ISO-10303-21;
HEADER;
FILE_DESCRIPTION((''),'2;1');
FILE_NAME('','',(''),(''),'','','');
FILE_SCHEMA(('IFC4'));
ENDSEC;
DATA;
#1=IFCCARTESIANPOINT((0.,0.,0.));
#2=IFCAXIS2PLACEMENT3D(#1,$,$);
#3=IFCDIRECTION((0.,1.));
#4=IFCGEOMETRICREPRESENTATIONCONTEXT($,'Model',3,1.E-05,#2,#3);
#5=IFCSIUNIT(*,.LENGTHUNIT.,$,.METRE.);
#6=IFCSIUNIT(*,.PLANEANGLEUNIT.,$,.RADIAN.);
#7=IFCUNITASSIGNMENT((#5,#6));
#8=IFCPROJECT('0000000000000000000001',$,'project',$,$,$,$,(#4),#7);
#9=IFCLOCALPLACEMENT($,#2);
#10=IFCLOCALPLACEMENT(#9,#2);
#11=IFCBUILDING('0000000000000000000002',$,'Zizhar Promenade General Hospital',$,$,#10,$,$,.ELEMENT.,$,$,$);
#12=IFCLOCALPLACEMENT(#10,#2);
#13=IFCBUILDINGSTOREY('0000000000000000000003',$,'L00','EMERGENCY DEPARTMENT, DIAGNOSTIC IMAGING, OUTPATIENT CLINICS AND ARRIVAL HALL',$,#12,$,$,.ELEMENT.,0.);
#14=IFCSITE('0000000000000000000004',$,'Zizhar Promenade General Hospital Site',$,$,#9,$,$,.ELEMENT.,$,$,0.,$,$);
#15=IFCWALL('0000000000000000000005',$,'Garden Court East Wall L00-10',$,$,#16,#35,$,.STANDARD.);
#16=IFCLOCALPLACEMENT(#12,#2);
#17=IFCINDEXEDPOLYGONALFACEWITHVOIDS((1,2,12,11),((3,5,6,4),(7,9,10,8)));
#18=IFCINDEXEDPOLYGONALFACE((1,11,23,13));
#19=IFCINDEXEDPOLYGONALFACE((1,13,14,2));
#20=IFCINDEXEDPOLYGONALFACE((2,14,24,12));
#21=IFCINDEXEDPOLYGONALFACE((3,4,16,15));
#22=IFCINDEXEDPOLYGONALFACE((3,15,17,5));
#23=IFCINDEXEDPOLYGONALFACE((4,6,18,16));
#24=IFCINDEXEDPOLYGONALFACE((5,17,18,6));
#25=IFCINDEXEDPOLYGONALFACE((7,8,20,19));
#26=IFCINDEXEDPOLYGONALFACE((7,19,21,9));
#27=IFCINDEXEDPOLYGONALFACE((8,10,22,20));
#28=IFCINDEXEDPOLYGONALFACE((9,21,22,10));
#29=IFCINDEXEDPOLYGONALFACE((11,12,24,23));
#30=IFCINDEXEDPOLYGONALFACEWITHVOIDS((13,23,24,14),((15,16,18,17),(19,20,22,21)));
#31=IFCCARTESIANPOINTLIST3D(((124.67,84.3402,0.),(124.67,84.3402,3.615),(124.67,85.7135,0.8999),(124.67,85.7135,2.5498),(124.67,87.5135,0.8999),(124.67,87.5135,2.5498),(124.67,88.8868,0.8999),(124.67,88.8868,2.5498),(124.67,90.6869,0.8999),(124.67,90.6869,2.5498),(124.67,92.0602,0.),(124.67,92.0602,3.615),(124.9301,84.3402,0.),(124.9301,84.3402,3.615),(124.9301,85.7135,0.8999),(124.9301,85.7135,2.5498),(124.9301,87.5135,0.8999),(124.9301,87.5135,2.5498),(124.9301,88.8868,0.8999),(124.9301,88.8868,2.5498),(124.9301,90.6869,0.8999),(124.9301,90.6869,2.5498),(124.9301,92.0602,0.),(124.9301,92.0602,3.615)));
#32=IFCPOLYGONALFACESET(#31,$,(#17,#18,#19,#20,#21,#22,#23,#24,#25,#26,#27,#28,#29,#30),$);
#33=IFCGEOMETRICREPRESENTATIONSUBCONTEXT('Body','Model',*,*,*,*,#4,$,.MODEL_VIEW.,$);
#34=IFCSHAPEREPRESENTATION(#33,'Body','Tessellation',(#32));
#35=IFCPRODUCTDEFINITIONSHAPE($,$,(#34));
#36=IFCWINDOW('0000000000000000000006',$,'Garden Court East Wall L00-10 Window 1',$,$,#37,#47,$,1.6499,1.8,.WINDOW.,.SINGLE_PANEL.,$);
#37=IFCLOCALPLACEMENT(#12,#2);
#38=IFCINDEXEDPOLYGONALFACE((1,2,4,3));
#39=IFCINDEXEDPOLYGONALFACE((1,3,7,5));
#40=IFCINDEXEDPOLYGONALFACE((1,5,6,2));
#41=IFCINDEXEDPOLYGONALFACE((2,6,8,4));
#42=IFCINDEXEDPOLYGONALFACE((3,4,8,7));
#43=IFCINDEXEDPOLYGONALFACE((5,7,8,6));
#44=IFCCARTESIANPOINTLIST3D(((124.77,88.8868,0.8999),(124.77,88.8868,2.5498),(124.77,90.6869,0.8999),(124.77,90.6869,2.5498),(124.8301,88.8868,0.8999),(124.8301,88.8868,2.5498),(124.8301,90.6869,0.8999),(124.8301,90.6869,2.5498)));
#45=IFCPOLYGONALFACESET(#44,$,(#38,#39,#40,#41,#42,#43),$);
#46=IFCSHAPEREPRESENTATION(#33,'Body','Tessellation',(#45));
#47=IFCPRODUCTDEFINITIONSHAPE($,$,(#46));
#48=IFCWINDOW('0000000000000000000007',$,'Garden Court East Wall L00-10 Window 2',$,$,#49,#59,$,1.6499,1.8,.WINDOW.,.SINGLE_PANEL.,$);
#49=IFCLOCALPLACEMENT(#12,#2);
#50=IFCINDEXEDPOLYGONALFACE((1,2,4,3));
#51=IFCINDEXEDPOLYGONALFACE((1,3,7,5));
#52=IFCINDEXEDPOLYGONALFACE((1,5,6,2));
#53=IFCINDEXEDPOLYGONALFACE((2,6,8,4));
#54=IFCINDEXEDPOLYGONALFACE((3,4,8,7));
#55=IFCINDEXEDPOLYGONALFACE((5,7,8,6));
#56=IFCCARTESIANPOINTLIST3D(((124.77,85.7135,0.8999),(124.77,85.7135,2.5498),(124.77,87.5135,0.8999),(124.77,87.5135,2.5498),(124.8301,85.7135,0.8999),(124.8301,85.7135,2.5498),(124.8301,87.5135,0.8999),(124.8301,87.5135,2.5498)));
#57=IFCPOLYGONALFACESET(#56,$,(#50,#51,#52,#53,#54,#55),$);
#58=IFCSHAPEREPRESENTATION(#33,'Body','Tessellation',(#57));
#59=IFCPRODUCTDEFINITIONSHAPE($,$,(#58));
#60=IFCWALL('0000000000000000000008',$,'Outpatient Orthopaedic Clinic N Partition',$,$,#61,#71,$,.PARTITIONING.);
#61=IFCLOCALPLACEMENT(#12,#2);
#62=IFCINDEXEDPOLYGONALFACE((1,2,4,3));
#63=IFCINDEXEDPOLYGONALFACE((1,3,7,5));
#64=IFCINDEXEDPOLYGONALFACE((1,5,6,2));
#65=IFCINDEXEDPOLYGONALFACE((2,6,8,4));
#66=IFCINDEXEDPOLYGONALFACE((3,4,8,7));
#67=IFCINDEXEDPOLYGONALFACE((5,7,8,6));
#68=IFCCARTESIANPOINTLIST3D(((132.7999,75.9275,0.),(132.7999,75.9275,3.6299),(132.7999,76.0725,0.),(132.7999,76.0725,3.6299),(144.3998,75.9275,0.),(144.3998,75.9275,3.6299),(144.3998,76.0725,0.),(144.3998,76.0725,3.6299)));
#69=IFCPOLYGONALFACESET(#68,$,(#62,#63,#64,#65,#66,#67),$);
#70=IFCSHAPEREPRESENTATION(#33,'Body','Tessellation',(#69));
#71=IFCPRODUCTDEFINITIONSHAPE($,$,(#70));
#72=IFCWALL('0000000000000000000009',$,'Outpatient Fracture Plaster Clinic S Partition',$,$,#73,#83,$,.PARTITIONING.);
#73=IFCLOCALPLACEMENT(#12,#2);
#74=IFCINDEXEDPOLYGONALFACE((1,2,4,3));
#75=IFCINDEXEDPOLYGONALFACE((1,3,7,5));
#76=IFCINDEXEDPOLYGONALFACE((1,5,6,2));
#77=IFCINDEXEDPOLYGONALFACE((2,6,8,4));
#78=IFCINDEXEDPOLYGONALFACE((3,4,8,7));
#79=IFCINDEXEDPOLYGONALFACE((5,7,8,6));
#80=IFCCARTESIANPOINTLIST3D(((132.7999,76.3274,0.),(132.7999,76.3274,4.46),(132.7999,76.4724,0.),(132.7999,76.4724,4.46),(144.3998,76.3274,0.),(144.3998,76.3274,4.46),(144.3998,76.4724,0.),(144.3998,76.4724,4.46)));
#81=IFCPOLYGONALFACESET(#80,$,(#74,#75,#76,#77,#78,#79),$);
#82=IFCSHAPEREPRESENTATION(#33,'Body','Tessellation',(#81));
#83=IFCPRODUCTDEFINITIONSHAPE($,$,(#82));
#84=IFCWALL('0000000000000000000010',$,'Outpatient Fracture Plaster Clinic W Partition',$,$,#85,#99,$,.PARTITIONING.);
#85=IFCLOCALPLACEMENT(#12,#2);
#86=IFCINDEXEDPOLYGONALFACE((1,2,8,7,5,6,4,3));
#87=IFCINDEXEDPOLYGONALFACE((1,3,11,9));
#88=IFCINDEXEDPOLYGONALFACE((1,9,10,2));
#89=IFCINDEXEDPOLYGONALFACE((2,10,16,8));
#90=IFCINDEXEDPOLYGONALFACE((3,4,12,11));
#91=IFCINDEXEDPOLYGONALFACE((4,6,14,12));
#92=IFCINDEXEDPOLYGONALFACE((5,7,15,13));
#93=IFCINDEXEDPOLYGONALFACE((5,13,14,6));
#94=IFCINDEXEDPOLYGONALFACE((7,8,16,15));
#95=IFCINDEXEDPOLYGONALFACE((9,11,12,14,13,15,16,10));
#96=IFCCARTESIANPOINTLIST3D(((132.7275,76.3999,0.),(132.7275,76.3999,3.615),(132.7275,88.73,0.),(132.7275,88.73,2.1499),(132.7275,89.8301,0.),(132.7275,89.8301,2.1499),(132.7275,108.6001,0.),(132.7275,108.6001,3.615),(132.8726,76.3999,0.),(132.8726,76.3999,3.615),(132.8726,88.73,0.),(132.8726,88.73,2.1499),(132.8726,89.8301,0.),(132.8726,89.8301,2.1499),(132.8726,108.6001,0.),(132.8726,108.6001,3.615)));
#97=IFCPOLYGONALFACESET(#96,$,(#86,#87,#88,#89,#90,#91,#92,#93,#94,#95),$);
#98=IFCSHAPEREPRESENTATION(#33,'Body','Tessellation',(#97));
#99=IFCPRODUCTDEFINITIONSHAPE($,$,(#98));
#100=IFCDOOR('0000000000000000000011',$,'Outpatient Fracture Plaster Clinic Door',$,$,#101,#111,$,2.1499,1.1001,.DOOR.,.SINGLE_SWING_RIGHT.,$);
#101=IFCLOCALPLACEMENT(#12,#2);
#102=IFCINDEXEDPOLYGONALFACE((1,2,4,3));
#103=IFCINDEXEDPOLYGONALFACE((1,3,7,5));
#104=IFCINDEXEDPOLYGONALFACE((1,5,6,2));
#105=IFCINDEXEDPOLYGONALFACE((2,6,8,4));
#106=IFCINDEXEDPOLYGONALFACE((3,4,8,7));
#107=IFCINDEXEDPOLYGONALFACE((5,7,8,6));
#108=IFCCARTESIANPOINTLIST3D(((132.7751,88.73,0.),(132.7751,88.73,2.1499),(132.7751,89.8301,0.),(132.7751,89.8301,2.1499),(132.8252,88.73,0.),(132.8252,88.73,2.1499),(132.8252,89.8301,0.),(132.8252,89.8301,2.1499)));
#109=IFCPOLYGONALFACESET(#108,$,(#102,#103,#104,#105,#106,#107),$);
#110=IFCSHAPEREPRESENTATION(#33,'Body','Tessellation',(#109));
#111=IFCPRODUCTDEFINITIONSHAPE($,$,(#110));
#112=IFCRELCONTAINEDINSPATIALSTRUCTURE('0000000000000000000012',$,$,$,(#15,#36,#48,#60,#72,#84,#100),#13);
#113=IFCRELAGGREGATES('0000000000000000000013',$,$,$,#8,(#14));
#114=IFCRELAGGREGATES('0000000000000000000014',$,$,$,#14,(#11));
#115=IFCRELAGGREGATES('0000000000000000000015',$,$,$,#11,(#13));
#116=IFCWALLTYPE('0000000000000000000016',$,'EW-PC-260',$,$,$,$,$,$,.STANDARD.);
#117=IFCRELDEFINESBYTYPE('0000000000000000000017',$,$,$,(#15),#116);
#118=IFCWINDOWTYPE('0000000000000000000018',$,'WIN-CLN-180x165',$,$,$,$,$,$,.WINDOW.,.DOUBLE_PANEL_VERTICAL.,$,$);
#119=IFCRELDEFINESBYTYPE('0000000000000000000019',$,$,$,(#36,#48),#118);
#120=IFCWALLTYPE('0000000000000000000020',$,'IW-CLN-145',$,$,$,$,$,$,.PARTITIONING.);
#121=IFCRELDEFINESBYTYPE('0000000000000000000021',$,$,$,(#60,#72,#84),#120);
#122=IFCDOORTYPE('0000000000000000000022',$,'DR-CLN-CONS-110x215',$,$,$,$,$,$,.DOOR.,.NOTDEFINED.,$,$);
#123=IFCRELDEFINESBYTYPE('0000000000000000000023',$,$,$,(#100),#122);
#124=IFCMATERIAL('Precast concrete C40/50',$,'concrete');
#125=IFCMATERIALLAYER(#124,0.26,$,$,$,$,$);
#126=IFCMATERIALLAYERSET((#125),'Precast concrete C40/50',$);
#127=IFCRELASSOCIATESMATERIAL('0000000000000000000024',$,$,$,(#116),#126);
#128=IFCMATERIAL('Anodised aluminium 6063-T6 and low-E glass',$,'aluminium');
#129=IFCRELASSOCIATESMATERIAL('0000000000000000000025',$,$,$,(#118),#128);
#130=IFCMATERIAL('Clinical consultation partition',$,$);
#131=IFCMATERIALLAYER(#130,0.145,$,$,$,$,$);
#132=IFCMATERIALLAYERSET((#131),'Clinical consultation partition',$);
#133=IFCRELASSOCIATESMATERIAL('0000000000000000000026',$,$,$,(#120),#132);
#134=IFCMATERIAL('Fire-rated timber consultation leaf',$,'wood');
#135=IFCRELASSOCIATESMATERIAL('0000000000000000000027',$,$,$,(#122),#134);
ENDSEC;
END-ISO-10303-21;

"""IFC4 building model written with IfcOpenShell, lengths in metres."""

from ifc_helpers import new_model, si_unit, direction, frame, frame_2d, origin, place, context, subcontext, project, spatial, rectangle, extrude, material, layer, layer_set, type_object, element, fill, save


model = new_model("IFC4")

# Units and contexts
model_context = context("Model", 3, precision=1e-05, world=origin(), true_north=direction((0.0, 1.0)))
body_context = subcontext(model_context, "Body", "Model", "MODEL_VIEW")
ifc_project = project(units=[si_unit("LENGTHUNIT", "METRE"), si_unit("PLANEANGLEUNIT", "RADIAN")], contexts=[model_context])

# Site, building, storey
site_placement = place(None, origin())
site = spatial("IfcSite", under=ifc_project, at=site_placement, Name="Zizhar Promenade General Hospital Site", CompositionType="ELEMENT", RefElevation=0.0)
building_placement = place(site_placement, origin())
building = spatial("IfcBuilding", under=site, at=building_placement, Name="Zizhar Promenade General Hospital", CompositionType="ELEMENT")
storey_placement = place(building_placement, origin())
storey = spatial("IfcBuildingStorey", under=building, at=storey_placement, Name="L00", Description="EMERGENCY DEPARTMENT, DIAGNOSTIC IMAGING, OUTPATIENT CLINICS AND ARRIVAL HALL", CompositionType="ELEMENT", Elevation=0.0)

# Wall, openings, windows
ifc_material_1 = material(Name="Precast concrete C40/50", Category="concrete")
ifc_layer_1 = layer(ifc_material_1, 0.26)
ifc_layer_set_1 = layer_set([ifc_layer_1], Name="Precast concrete C40/50")
wall_type_1 = type_object("IfcWallType", Name="EW-PC-260", PredefinedType="STANDARD", material=ifc_layer_set_1)
ifc_material_2 = material(Name="Anodised aluminium 6063-T6 and low-E glass", Category="aluminium")
window_type = type_object("IfcWindowType", Name="WIN-CLN-180x165", PartitioningType="DOUBLE_PANEL_VERTICAL", PredefinedType="WINDOW", material=ifc_material_2)
wall_1_placement = place(storey_placement, frame((124.8, 92.0601, 0.0), z_axis=(0.0, 0.0, 1.0), x_axis=(0.0, -1.0, 0.0)))
wall_1 = element("IfcWall", 1, at=wall_1_placement, inside=storey, type_object=wall_type_1, Name="Garden Court East Wall L00-10", PredefinedType="STANDARD", context=body_context, shape_type="SweptSolid", body=[
    extrude(rectangle(XDim=7.72, YDim=0.26, at=frame_2d((3.8599, 0.0))), origin(), (0.0, 0.0, 1.0), 3.615),
])
opening_1_placement = place(wall_1_placement, frame((1.3733, 0.0, 0.8999)))
opening_1 = element("IfcOpeningElement", 2, at=opening_1_placement, cuts=wall_1, PredefinedType="OPENING", context=body_context, shape_type="SweptSolid", body=[
    extrude(rectangle(XDim=1.8, YDim=1.6499, at=frame_2d((0.8999, 0.825))), frame((0.0, 0.1401, 0.0), z_axis=(0.0, -1.0, 0.0), x_axis=(1.0, 0.0, 0.0)), (0.0, 0.0, 1.0), 0.28),
])
opening_2_placement = place(wall_1_placement, frame((4.5466, 0.0, 0.8999)))
opening_2 = element("IfcOpeningElement", 3, at=opening_2_placement, cuts=wall_1, PredefinedType="OPENING", context=body_context, shape_type="SweptSolid", body=[
    extrude(rectangle(XDim=1.8, YDim=1.6499, at=frame_2d((0.8999, 0.825))), frame((0.0, 0.1401, 0.0), z_axis=(0.0, -1.0, 0.0), x_axis=(1.0, 0.0, 0.0)), (0.0, 0.0, 1.0), 0.28),
])
window_1_placement = place(opening_1_placement, origin())
window_1 = element("IfcWindow", 4, at=window_1_placement, inside=storey, type_object=window_type, Name="Garden Court East Wall L00-10 Window 1", OverallHeight=1.6499, OverallWidth=1.8, PartitioningType="SINGLE_PANEL", PredefinedType="WINDOW", context=body_context, shape_type="SweptSolid", body=[
    extrude(rectangle(XDim=1.8, YDim=1.6499, at=frame_2d((0.8999, 0.825))), frame((0.0, 0.03, 0.0), z_axis=(0.0, -1.0, 0.0), x_axis=(1.0, 0.0, 0.0)), (0.0, 0.0, 1.0), 0.0601),
])
fill(opening_1, window_1)
window_2_placement = place(opening_2_placement, origin())
window_2 = element("IfcWindow", 5, at=window_2_placement, inside=storey, type_object=window_type, Name="Garden Court East Wall L00-10 Window 2", OverallHeight=1.6499, OverallWidth=1.8, PartitioningType="SINGLE_PANEL", PredefinedType="WINDOW", context=body_context, shape_type="SweptSolid", body=[
    extrude(rectangle(XDim=1.8, YDim=1.6499, at=frame_2d((0.8999, 0.825))), frame((0.0, 0.03, 0.0), z_axis=(0.0, -1.0, 0.0), x_axis=(1.0, 0.0, 0.0)), (0.0, 0.0, 1.0), 0.0601),
])
fill(opening_2, window_2)

# Walls
ifc_material_3 = material(Name="Clinical consultation partition")
ifc_layer_2 = layer(ifc_material_3, 0.145)
ifc_layer_set_2 = layer_set([ifc_layer_2], Name="Clinical consultation partition")
wall_type_2 = type_object("IfcWallType", Name="IW-CLN-145", PredefinedType="PARTITIONING", material=ifc_layer_set_2)
wall_2_placement = place(storey_placement, frame((132.8, 76.0, 0.0), z_axis=(0.0, 0.0, 1.0), x_axis=(1.0, 0.0, 0.0)))
element("IfcWall", 6, at=wall_2_placement, inside=storey, type_object=wall_type_2, Name="Outpatient Orthopaedic Clinic N Partition", PredefinedType="PARTITIONING", context=body_context, shape_type="SweptSolid", body=[
    extrude(rectangle(XDim=11.5999, YDim=0.145, at=frame_2d((5.7998, 0.0))), origin(), (0.0, 0.0, 1.0), 3.6299),
])
wall_3_placement = place(storey_placement, frame((132.8, 76.3999, 0.0), z_axis=(0.0, 0.0, 1.0), x_axis=(1.0, 0.0, 0.0)))
element("IfcWall", 7, at=wall_3_placement, inside=storey, type_object=wall_type_2, Name="Outpatient Fracture Plaster Clinic S Partition", PredefinedType="PARTITIONING", context=body_context, shape_type="SweptSolid", body=[
    extrude(rectangle(XDim=11.5999, YDim=0.145, at=frame_2d((5.7998, 0.0))), origin(), (0.0, 0.0, 1.0), 4.46),
])

# Wall, opening, door
wall_4_placement = place(storey_placement, frame((132.8, 76.3999, 0.0), z_axis=(0.0, 0.0, 1.0), x_axis=(0.0, 1.0, 0.0)))
wall_4 = element("IfcWall", 8, at=wall_4_placement, inside=storey, type_object=wall_type_2, Name="Outpatient Fracture Plaster Clinic W Partition", PredefinedType="PARTITIONING", context=body_context, shape_type="SweptSolid", body=[
    extrude(rectangle(XDim=32.2002, YDim=0.145, at=frame_2d((16.1001, 0.0))), origin(), (0.0, 0.0, 1.0), 3.615),
])
opening_3_placement = place(wall_4_placement, frame((12.3301, 0.0, 0.0)))
opening_3 = element("IfcOpeningElement", 9, at=opening_3_placement, cuts=wall_4, PredefinedType="OPENING", context=body_context, shape_type="SweptSolid", body=[
    extrude(rectangle(XDim=1.1001, YDim=2.1499, at=frame_2d((0.55, 1.075))), frame((0.0, 0.0825, 0.0), z_axis=(0.0, -1.0, 0.0), x_axis=(1.0, 0.0, 0.0)), (0.0, 0.0, 1.0), 0.165),
])
ifc_material_4 = material(Name="Fire-rated timber consultation leaf", Category="wood")
door_type = type_object("IfcDoorType", Name="DR-CLN-CONS-110x215", OperationType="NOTDEFINED", PredefinedType="DOOR", material=ifc_material_4)
door_placement = place(opening_3_placement, origin())
door = element("IfcDoor", 10, at=door_placement, inside=storey, type_object=door_type, Name="Outpatient Fracture Plaster Clinic Door", OperationType="SINGLE_SWING_RIGHT", OverallHeight=2.1499, OverallWidth=1.1001, PredefinedType="DOOR", context=body_context, shape_type="SweptSolid", body=[
    extrude(rectangle(XDim=1.1001, YDim=2.1499, at=frame_2d((0.55, 1.075))), frame((0.0, 0.0249, 0.0), z_axis=(0.0, -1.0, 0.0), x_axis=(1.0, 0.0, 0.0)), (0.0, 0.0, 1.0), 0.05),
])
fill(opening_3, door)

save(model, "model.ifc")
